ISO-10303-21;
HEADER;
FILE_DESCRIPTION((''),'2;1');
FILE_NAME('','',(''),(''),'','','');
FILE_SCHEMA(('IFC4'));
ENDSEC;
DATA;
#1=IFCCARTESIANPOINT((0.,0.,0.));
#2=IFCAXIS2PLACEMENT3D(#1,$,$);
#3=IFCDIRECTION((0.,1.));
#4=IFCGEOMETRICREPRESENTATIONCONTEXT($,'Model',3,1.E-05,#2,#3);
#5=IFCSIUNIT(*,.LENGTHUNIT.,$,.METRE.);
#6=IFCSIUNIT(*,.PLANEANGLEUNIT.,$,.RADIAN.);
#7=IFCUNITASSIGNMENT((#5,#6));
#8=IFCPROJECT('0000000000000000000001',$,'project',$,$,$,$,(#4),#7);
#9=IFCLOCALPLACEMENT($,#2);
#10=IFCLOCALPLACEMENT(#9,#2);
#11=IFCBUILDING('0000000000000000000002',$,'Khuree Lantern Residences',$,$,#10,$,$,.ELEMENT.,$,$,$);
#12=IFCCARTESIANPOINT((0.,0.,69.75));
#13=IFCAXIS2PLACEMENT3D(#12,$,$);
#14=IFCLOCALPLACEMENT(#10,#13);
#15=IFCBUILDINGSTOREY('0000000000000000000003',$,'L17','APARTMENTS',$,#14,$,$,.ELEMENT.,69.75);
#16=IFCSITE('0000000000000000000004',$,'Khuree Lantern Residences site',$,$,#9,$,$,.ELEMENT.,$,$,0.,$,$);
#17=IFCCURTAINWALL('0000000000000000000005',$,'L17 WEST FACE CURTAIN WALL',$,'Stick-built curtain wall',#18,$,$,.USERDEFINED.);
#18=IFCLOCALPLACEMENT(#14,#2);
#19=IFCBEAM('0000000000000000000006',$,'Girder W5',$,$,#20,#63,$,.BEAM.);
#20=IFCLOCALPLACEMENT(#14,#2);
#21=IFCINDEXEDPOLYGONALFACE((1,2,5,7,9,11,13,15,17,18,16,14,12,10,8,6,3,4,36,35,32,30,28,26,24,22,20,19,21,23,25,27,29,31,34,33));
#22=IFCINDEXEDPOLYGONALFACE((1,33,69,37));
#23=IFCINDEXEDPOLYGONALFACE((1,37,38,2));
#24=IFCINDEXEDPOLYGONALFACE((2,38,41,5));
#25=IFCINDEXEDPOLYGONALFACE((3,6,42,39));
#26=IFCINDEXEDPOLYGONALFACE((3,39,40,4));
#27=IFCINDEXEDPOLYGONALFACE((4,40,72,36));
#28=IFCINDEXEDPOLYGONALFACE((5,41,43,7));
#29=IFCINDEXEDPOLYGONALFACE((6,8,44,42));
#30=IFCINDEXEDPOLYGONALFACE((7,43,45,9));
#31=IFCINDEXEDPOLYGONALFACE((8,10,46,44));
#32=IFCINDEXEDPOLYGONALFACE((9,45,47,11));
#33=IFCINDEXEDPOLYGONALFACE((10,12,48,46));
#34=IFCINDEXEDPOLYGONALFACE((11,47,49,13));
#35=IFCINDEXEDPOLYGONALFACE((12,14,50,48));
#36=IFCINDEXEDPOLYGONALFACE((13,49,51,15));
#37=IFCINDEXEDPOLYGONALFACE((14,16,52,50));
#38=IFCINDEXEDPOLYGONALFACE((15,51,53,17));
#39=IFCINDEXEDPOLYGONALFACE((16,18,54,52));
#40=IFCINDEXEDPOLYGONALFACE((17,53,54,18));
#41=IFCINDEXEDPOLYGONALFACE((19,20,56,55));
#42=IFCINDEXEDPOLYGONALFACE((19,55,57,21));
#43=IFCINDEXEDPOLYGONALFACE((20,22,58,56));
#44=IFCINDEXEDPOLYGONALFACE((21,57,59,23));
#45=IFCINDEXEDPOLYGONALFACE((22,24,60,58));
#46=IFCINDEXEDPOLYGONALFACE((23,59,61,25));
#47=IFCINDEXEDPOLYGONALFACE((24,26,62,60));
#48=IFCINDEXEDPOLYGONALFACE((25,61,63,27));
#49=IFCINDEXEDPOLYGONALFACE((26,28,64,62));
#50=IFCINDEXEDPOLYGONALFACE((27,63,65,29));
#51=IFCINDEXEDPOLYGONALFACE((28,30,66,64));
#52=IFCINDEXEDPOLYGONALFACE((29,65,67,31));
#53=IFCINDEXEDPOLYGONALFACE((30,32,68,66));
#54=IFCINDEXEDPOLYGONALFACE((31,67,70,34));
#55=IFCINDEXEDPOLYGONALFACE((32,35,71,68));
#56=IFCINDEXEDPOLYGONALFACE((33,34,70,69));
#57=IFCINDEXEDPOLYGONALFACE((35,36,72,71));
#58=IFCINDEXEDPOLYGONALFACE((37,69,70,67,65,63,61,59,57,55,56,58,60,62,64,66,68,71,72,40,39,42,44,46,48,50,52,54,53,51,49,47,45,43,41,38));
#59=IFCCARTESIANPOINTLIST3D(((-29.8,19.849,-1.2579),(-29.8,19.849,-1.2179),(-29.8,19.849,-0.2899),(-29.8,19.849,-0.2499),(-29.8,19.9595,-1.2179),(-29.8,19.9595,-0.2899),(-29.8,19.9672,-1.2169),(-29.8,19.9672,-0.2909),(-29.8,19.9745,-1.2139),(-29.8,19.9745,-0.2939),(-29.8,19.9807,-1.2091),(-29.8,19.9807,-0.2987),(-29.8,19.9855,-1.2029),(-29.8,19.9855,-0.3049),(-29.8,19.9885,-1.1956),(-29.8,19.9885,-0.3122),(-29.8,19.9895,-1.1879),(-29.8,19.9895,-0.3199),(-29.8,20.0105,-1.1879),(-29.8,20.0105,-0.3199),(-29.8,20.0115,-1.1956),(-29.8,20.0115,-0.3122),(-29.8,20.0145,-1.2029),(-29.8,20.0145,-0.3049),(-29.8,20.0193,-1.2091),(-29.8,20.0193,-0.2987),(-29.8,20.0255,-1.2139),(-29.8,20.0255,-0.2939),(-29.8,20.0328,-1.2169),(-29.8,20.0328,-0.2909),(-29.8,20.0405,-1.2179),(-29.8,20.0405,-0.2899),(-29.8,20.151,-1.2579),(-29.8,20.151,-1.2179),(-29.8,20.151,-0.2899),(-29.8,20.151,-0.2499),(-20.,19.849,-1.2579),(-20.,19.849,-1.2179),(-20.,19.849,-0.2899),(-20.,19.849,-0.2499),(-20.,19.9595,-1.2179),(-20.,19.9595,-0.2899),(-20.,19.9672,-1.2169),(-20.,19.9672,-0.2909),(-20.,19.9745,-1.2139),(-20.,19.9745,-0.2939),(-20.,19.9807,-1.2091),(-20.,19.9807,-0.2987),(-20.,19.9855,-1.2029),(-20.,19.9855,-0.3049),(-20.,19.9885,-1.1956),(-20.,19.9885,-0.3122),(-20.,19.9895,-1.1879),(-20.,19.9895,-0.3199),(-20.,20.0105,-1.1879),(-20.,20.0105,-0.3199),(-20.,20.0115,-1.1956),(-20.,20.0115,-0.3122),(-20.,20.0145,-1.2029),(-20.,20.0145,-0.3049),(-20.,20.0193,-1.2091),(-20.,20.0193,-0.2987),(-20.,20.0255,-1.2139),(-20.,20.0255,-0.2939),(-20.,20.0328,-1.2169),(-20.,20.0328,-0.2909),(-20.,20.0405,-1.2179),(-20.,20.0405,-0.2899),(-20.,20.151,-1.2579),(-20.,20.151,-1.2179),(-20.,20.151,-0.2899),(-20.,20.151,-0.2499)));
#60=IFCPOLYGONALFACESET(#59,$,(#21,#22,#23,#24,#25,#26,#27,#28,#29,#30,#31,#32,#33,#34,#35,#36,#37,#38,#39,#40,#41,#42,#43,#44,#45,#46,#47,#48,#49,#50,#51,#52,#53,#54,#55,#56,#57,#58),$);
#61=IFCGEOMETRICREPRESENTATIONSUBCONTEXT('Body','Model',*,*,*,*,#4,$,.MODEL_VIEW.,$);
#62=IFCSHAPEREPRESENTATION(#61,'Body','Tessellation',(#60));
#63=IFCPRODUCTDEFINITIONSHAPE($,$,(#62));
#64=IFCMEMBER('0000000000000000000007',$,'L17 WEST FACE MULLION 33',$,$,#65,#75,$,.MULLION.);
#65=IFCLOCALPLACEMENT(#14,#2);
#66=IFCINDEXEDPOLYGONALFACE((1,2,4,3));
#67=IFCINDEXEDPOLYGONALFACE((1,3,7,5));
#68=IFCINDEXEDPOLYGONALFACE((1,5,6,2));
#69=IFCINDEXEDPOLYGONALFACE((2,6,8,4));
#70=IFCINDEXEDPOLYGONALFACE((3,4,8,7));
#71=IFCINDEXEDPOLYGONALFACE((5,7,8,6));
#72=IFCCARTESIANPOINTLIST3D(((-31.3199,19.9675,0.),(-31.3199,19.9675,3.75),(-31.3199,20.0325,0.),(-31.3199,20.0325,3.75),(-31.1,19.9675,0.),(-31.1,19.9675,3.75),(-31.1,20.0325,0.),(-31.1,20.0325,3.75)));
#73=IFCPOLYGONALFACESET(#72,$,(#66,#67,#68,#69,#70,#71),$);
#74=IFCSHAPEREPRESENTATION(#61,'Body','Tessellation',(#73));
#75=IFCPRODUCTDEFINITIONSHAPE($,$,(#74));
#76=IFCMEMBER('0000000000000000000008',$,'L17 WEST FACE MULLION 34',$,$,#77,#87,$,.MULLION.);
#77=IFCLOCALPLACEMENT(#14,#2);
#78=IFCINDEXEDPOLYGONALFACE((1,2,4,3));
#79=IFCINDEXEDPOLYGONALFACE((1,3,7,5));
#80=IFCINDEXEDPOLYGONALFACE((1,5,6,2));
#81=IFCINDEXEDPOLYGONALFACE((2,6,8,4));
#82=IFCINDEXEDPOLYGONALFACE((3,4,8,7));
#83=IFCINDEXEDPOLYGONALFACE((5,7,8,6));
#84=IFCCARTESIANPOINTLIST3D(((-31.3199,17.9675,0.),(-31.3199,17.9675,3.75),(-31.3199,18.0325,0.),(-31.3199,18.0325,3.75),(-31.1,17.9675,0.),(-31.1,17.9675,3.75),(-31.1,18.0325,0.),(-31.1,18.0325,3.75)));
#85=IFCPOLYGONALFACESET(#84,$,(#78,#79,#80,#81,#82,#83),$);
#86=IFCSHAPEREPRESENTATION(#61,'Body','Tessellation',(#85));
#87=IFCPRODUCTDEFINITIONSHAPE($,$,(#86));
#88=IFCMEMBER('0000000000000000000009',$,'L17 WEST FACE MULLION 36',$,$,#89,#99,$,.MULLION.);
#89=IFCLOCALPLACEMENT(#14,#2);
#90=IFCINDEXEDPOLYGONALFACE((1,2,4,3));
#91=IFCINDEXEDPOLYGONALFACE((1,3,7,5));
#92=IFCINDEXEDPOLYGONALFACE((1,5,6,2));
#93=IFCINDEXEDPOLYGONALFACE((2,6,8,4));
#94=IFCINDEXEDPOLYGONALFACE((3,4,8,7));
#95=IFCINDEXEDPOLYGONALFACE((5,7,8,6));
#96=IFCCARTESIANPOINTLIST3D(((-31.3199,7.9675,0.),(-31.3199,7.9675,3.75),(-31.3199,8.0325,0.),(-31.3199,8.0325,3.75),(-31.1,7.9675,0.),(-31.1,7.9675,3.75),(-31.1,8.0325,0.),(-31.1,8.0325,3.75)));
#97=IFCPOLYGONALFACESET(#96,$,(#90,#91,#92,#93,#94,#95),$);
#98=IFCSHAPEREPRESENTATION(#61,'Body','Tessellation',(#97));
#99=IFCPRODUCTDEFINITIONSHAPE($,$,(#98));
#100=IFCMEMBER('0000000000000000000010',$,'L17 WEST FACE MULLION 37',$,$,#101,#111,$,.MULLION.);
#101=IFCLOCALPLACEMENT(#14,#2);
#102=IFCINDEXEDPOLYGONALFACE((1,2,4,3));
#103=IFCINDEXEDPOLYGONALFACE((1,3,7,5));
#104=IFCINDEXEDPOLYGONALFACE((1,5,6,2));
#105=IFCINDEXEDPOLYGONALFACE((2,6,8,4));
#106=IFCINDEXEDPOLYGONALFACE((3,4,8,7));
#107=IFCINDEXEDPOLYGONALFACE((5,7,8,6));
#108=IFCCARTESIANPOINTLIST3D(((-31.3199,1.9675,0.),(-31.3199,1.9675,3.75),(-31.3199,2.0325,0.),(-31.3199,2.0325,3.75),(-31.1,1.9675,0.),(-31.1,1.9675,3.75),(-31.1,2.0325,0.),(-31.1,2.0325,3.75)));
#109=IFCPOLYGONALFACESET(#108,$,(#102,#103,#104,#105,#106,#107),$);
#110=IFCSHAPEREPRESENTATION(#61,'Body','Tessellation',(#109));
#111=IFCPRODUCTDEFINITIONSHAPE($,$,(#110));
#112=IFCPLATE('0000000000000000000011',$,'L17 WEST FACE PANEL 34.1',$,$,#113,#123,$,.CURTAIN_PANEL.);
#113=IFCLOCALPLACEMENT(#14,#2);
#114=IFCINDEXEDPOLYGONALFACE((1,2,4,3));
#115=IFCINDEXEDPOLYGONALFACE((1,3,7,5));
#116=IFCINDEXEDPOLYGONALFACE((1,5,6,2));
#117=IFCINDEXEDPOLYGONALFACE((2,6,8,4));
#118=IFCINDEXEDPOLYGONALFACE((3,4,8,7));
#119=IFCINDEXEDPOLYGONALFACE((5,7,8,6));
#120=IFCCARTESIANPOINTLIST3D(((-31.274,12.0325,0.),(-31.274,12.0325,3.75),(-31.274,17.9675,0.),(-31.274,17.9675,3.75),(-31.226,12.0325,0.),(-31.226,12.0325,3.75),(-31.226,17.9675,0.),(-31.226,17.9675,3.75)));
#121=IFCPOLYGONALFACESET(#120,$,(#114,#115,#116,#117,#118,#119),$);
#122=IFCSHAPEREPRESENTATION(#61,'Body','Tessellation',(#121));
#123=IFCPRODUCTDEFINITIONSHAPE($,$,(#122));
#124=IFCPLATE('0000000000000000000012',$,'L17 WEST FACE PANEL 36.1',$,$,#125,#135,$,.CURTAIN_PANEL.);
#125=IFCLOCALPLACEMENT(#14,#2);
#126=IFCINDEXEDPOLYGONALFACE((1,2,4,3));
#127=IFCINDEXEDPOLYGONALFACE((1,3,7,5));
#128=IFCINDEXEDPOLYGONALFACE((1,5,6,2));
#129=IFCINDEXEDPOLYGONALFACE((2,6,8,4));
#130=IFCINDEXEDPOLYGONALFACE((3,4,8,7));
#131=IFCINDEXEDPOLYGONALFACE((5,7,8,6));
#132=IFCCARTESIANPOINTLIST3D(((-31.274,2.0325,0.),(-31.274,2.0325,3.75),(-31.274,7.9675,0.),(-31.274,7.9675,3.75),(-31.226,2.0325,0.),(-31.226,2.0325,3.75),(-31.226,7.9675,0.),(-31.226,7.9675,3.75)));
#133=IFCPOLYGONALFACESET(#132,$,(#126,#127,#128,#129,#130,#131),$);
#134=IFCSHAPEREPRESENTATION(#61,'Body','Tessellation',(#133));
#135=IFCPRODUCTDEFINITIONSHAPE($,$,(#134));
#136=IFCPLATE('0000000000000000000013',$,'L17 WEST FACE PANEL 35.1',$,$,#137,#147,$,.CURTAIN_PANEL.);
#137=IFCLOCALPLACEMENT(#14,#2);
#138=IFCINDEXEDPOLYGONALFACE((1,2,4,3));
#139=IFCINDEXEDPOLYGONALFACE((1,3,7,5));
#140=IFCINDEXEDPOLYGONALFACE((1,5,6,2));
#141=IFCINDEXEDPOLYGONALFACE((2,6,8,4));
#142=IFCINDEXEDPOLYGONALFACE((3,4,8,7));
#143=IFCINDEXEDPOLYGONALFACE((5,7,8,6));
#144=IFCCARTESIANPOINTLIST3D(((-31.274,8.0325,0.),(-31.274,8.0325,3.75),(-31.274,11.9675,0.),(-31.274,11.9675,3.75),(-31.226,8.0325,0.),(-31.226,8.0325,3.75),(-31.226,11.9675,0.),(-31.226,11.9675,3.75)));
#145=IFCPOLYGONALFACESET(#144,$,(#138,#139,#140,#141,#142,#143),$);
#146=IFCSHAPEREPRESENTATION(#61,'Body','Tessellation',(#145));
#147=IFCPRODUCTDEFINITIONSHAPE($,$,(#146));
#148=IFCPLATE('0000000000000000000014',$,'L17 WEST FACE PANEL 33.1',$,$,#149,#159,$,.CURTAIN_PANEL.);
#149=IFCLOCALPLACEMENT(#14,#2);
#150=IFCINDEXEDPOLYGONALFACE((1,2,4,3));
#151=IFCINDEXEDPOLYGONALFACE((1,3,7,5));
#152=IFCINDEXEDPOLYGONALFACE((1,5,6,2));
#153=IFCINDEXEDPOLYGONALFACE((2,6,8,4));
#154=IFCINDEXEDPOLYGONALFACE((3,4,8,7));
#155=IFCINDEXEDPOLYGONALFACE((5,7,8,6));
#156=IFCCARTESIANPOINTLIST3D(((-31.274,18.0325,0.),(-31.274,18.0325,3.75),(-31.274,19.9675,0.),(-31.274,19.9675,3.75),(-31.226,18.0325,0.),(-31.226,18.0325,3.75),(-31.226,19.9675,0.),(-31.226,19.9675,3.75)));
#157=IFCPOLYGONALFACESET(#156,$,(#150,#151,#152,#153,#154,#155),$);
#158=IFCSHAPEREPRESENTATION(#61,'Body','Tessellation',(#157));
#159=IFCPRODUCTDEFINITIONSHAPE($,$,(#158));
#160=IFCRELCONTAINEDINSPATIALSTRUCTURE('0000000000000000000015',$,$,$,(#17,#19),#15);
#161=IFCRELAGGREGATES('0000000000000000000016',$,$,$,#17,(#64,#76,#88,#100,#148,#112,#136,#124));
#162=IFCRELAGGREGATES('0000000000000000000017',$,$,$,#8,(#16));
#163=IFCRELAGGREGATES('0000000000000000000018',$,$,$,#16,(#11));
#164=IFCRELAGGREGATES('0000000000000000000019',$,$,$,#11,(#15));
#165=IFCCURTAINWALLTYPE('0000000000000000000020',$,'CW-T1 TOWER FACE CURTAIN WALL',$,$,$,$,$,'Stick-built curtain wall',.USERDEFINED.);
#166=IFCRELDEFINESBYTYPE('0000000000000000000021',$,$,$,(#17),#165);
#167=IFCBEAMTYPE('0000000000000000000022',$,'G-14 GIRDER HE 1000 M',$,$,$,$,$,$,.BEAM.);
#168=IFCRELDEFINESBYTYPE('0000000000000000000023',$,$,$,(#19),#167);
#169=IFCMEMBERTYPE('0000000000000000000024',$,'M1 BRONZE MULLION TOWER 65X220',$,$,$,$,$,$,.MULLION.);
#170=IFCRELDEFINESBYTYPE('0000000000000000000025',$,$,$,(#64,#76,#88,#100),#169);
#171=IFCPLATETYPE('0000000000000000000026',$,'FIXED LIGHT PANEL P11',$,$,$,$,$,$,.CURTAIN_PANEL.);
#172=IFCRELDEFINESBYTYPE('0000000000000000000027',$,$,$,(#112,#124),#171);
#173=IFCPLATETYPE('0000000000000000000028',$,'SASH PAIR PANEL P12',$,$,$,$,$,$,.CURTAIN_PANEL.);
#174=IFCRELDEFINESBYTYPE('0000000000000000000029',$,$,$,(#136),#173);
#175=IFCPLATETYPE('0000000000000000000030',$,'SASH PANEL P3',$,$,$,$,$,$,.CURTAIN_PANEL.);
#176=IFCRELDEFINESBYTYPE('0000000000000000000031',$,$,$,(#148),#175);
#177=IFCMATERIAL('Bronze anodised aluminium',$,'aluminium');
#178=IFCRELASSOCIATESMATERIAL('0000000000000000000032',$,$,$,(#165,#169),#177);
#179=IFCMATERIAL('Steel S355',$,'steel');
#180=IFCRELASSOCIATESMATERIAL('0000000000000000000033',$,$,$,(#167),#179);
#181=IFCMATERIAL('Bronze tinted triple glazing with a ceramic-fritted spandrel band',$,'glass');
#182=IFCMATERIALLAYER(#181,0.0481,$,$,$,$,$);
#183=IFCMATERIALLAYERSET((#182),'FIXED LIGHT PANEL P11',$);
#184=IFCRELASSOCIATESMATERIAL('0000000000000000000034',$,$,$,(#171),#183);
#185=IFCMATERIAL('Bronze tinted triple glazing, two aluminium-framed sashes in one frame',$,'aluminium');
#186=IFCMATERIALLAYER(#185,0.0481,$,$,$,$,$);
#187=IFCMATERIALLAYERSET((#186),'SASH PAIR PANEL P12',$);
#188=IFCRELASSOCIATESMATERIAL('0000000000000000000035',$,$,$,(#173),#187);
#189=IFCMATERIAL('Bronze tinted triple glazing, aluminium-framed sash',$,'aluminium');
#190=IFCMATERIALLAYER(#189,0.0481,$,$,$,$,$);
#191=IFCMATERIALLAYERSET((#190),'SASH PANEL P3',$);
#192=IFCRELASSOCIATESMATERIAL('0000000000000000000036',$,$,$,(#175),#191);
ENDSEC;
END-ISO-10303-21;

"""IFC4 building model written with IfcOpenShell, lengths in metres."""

from ifc_helpers import new_model, si_unit, direction, frame, origin, origin_2d, place, context, subcontext, project, spatial, rectangle, i_section, extrude, material, layer, layer_set, material_profile, profile_set, type_object, element, aggregate, save


model = new_model("IFC4")

# Units and contexts
model_context = context("Model", 3, precision=1e-05, world=origin(), true_north=direction((0.0, 1.0)))
body_context = subcontext(model_context, "Body", "Model", "MODEL_VIEW")
ifc_project = project(units=[si_unit("LENGTHUNIT", "METRE"), si_unit("PLANEANGLEUNIT", "RADIAN")], contexts=[model_context])

# Site, building, storey
site_placement = place(None, origin())
site = spatial("IfcSite", under=ifc_project, at=site_placement, Name="Khuree Lantern Residences site", CompositionType="ELEMENT", RefElevation=0.0)
building_placement = place(site_placement, origin())
building = spatial("IfcBuilding", under=site, at=building_placement, Name="Khuree Lantern Residences", CompositionType="ELEMENT")
storey_placement = place(building_placement, frame((0.0, 0.0, 69.75)))
storey = spatial("IfcBuildingStorey", under=building, at=storey_placement, Name="L17", Description="APARTMENTS", CompositionType="ELEMENT", Elevation=69.75)

# Shared definitions
ifc_material_1 = material(Name="Steel S355", Category="steel")

# Curtain wall
ifc_material_2 = material(Name="Bronze anodised aluminium", Category="aluminium")
curtain_wall_type = type_object("IfcCurtainWallType", Name="CW-T1 TOWER FACE CURTAIN WALL", ElementType="Stick-built curtain wall", PredefinedType="USERDEFINED", material=ifc_material_2)
curtain_wall_placement = place(storey_placement, origin())
curtain_wall = element("IfcCurtainWall", 1, at=curtain_wall_placement, inside=storey, type_object=curtain_wall_type, Name="L17 WEST FACE CURTAIN WALL", ObjectType="Stick-built curtain wall", PredefinedType="USERDEFINED")

# Beam
ifc_material_profile_1 = material_profile(ifc_material_1, i_section(OverallWidth=0.302, OverallDepth=1.0081, WebThickness=0.021, FlangeThickness=0.04, FilletRadius=0.03, at=origin_2d()), Name="HE 1000 M")
ifc_profile_set_1 = profile_set([ifc_material_profile_1], Name="Steel S355")
beam_type_1 = type_object("IfcBeamType", Name="G-14 GIRDER HE 1000 M", PredefinedType="BEAM", material=ifc_profile_set_1)
beam_placement = place(storey_placement, frame((-29.8, 20.0, -0.7539), z_axis=(1.0, 0.0, 0.0), x_axis=(0.0, 1.0, 0.0)))
element("IfcBeam", 2, at=beam_placement, inside=storey, type_object=beam_type_1, Name="Girder W5", PredefinedType="BEAM", context=body_context, shape_type="SweptSolid", body=[
    extrude(i_section(OverallWidth=0.302, OverallDepth=1.0081, WebThickness=0.021, FlangeThickness=0.04, FilletRadius=0.03, at=origin_2d()), origin(), (0.0, 0.0, 1.0), 9.8),
])

# Members
ifc_material_profile_2 = material_profile(ifc_material_2, rectangle(XDim=0.0649, YDim=0.22, at=origin_2d()), Name="M1 65X220")
ifc_profile_set_2 = profile_set([ifc_material_profile_2], Name="Bronze anodised aluminium")
member_type_1 = type_object("IfcMemberType", Name="M1 BRONZE MULLION TOWER 65X220", PredefinedType="MULLION", material=ifc_profile_set_2)
member_1_placement = place(storey_placement, frame((-31.21, 20.0, 0.0), z_axis=(0.0, 0.0, 1.0), x_axis=(0.0, -1.0, 0.0)))
member_1 = element("IfcMember", 3, at=member_1_placement, type_object=member_type_1, Name="L17 WEST FACE MULLION 33", PredefinedType="MULLION", context=body_context, shape_type="SweptSolid", body=[
    extrude(rectangle(XDim=0.0649, YDim=0.22, at=origin_2d()), origin(), (0.0, 0.0, 1.0), 3.75),
])
member_2_placement = place(storey_placement, frame((-31.21, 18.0, 0.0), z_axis=(0.0, 0.0, 1.0), x_axis=(0.0, -1.0, 0.0)))
member_2 = element("IfcMember", 4, at=member_2_placement, type_object=member_type_1, Name="L17 WEST FACE MULLION 34", PredefinedType="MULLION", context=body_context, shape_type="SweptSolid", body=[
    extrude(rectangle(XDim=0.0649, YDim=0.22, at=origin_2d()), origin(), (0.0, 0.0, 1.0), 3.75),
])
member_3_placement = place(storey_placement, frame((-31.21, 8.0, 0.0), z_axis=(0.0, 0.0, 1.0), x_axis=(0.0, -1.0, 0.0)))
member_3 = element("IfcMember", 5, at=member_3_placement, type_object=member_type_1, Name="L17 WEST FACE MULLION 36", PredefinedType="MULLION", context=body_context, shape_type="SweptSolid", body=[
    extrude(rectangle(XDim=0.0649, YDim=0.22, at=origin_2d()), origin(), (0.0, 0.0, 1.0), 3.75),
])
member_4_placement = place(storey_placement, frame((-31.21, 2.0, 0.0), z_axis=(0.0, 0.0, 1.0), x_axis=(0.0, -1.0, 0.0)))
member_4 = element("IfcMember", 6, at=member_4_placement, type_object=member_type_1, Name="L17 WEST FACE MULLION 37", PredefinedType="MULLION", context=body_context, shape_type="SweptSolid", body=[
    extrude(rectangle(XDim=0.0649, YDim=0.22, at=origin_2d()), origin(), (0.0, 0.0, 1.0), 3.75),
])

# Plates
ifc_material_3 = material(Name="Bronze tinted triple glazing with a ceramic-fritted spandrel band", Category="glass")
ifc_layer_1 = layer(ifc_material_3, 0.0481)
ifc_layer_set_1 = layer_set([ifc_layer_1], Name="FIXED LIGHT PANEL P11")
plate_type_1 = type_object("IfcPlateType", Name="FIXED LIGHT PANEL P11", PredefinedType="CURTAIN_PANEL", material=ifc_layer_set_1)
plate_1_placement = place(storey_placement, frame((-31.25, 15.0, 0.0), z_axis=(0.0, 0.0, 1.0), x_axis=(0.0, -1.0, 0.0)))
plate_1 = element("IfcPlate", 7, at=plate_1_placement, type_object=plate_type_1, Name="L17 WEST FACE PANEL 34.1", PredefinedType="CURTAIN_PANEL", context=body_context, shape_type="SweptSolid", body=[
    extrude(rectangle(XDim=5.9351, YDim=0.0481, at=origin_2d()), origin(), (0.0, 0.0, 1.0), 3.75),
])
plate_2_placement = place(storey_placement, frame((-31.25, 5.0, 0.0), z_axis=(0.0, 0.0, 1.0), x_axis=(0.0, -1.0, 0.0)))
plate_2 = element("IfcPlate", 8, at=plate_2_placement, type_object=plate_type_1, Name="L17 WEST FACE PANEL 36.1", PredefinedType="CURTAIN_PANEL", context=body_context, shape_type="SweptSolid", body=[
    extrude(rectangle(XDim=5.9351, YDim=0.0481, at=origin_2d()), origin(), (0.0, 0.0, 1.0), 3.75),
])
ifc_material_4 = material(Name="Bronze tinted triple glazing, two aluminium-framed sashes in one frame", Category="aluminium")
ifc_layer_2 = layer(ifc_material_4, 0.0481)
ifc_layer_set_2 = layer_set([ifc_layer_2], Name="SASH PAIR PANEL P12")
plate_type_2 = type_object("IfcPlateType", Name="SASH PAIR PANEL P12", PredefinedType="CURTAIN_PANEL", material=ifc_layer_set_2)
plate_3_placement = place(storey_placement, frame((-31.25, 10.0, 0.0), z_axis=(0.0, 0.0, 1.0), x_axis=(0.0, -1.0, 0.0)))
plate_3 = element("IfcPlate", 9, at=plate_3_placement, type_object=plate_type_2, Name="L17 WEST FACE PANEL 35.1", PredefinedType="CURTAIN_PANEL", context=body_context, shape_type="SweptSolid", body=[
    extrude(rectangle(XDim=3.9351, YDim=0.0481, at=origin_2d()), origin(), (0.0, 0.0, 1.0), 3.75),
])
ifc_material_5 = material(Name="Bronze tinted triple glazing, aluminium-framed sash", Category="aluminium")
ifc_layer_3 = layer(ifc_material_5, 0.0481)
ifc_layer_set_3 = layer_set([ifc_layer_3], Name="SASH PANEL P3")
plate_type_3 = type_object("IfcPlateType", Name="SASH PANEL P3", PredefinedType="CURTAIN_PANEL", material=ifc_layer_set_3)
plate_4_placement = place(storey_placement, frame((-31.25, 19.0, 0.0), z_axis=(0.0, 0.0, 1.0), x_axis=(0.0, -1.0, 0.0)))
plate_4 = element("IfcPlate", 10, at=plate_4_placement, type_object=plate_type_3, Name="L17 WEST FACE PANEL 33.1", PredefinedType="CURTAIN_PANEL", context=body_context, shape_type="SweptSolid", body=[
    extrude(rectangle(XDim=1.9351, YDim=0.0481, at=origin_2d()), origin(), (0.0, 0.0, 1.0), 3.75),
])
aggregate(curtain_wall, [member_1, member_2, member_3, member_4, plate_4, plate_1, plate_3, plate_2])

save(model, "model.ifc")
